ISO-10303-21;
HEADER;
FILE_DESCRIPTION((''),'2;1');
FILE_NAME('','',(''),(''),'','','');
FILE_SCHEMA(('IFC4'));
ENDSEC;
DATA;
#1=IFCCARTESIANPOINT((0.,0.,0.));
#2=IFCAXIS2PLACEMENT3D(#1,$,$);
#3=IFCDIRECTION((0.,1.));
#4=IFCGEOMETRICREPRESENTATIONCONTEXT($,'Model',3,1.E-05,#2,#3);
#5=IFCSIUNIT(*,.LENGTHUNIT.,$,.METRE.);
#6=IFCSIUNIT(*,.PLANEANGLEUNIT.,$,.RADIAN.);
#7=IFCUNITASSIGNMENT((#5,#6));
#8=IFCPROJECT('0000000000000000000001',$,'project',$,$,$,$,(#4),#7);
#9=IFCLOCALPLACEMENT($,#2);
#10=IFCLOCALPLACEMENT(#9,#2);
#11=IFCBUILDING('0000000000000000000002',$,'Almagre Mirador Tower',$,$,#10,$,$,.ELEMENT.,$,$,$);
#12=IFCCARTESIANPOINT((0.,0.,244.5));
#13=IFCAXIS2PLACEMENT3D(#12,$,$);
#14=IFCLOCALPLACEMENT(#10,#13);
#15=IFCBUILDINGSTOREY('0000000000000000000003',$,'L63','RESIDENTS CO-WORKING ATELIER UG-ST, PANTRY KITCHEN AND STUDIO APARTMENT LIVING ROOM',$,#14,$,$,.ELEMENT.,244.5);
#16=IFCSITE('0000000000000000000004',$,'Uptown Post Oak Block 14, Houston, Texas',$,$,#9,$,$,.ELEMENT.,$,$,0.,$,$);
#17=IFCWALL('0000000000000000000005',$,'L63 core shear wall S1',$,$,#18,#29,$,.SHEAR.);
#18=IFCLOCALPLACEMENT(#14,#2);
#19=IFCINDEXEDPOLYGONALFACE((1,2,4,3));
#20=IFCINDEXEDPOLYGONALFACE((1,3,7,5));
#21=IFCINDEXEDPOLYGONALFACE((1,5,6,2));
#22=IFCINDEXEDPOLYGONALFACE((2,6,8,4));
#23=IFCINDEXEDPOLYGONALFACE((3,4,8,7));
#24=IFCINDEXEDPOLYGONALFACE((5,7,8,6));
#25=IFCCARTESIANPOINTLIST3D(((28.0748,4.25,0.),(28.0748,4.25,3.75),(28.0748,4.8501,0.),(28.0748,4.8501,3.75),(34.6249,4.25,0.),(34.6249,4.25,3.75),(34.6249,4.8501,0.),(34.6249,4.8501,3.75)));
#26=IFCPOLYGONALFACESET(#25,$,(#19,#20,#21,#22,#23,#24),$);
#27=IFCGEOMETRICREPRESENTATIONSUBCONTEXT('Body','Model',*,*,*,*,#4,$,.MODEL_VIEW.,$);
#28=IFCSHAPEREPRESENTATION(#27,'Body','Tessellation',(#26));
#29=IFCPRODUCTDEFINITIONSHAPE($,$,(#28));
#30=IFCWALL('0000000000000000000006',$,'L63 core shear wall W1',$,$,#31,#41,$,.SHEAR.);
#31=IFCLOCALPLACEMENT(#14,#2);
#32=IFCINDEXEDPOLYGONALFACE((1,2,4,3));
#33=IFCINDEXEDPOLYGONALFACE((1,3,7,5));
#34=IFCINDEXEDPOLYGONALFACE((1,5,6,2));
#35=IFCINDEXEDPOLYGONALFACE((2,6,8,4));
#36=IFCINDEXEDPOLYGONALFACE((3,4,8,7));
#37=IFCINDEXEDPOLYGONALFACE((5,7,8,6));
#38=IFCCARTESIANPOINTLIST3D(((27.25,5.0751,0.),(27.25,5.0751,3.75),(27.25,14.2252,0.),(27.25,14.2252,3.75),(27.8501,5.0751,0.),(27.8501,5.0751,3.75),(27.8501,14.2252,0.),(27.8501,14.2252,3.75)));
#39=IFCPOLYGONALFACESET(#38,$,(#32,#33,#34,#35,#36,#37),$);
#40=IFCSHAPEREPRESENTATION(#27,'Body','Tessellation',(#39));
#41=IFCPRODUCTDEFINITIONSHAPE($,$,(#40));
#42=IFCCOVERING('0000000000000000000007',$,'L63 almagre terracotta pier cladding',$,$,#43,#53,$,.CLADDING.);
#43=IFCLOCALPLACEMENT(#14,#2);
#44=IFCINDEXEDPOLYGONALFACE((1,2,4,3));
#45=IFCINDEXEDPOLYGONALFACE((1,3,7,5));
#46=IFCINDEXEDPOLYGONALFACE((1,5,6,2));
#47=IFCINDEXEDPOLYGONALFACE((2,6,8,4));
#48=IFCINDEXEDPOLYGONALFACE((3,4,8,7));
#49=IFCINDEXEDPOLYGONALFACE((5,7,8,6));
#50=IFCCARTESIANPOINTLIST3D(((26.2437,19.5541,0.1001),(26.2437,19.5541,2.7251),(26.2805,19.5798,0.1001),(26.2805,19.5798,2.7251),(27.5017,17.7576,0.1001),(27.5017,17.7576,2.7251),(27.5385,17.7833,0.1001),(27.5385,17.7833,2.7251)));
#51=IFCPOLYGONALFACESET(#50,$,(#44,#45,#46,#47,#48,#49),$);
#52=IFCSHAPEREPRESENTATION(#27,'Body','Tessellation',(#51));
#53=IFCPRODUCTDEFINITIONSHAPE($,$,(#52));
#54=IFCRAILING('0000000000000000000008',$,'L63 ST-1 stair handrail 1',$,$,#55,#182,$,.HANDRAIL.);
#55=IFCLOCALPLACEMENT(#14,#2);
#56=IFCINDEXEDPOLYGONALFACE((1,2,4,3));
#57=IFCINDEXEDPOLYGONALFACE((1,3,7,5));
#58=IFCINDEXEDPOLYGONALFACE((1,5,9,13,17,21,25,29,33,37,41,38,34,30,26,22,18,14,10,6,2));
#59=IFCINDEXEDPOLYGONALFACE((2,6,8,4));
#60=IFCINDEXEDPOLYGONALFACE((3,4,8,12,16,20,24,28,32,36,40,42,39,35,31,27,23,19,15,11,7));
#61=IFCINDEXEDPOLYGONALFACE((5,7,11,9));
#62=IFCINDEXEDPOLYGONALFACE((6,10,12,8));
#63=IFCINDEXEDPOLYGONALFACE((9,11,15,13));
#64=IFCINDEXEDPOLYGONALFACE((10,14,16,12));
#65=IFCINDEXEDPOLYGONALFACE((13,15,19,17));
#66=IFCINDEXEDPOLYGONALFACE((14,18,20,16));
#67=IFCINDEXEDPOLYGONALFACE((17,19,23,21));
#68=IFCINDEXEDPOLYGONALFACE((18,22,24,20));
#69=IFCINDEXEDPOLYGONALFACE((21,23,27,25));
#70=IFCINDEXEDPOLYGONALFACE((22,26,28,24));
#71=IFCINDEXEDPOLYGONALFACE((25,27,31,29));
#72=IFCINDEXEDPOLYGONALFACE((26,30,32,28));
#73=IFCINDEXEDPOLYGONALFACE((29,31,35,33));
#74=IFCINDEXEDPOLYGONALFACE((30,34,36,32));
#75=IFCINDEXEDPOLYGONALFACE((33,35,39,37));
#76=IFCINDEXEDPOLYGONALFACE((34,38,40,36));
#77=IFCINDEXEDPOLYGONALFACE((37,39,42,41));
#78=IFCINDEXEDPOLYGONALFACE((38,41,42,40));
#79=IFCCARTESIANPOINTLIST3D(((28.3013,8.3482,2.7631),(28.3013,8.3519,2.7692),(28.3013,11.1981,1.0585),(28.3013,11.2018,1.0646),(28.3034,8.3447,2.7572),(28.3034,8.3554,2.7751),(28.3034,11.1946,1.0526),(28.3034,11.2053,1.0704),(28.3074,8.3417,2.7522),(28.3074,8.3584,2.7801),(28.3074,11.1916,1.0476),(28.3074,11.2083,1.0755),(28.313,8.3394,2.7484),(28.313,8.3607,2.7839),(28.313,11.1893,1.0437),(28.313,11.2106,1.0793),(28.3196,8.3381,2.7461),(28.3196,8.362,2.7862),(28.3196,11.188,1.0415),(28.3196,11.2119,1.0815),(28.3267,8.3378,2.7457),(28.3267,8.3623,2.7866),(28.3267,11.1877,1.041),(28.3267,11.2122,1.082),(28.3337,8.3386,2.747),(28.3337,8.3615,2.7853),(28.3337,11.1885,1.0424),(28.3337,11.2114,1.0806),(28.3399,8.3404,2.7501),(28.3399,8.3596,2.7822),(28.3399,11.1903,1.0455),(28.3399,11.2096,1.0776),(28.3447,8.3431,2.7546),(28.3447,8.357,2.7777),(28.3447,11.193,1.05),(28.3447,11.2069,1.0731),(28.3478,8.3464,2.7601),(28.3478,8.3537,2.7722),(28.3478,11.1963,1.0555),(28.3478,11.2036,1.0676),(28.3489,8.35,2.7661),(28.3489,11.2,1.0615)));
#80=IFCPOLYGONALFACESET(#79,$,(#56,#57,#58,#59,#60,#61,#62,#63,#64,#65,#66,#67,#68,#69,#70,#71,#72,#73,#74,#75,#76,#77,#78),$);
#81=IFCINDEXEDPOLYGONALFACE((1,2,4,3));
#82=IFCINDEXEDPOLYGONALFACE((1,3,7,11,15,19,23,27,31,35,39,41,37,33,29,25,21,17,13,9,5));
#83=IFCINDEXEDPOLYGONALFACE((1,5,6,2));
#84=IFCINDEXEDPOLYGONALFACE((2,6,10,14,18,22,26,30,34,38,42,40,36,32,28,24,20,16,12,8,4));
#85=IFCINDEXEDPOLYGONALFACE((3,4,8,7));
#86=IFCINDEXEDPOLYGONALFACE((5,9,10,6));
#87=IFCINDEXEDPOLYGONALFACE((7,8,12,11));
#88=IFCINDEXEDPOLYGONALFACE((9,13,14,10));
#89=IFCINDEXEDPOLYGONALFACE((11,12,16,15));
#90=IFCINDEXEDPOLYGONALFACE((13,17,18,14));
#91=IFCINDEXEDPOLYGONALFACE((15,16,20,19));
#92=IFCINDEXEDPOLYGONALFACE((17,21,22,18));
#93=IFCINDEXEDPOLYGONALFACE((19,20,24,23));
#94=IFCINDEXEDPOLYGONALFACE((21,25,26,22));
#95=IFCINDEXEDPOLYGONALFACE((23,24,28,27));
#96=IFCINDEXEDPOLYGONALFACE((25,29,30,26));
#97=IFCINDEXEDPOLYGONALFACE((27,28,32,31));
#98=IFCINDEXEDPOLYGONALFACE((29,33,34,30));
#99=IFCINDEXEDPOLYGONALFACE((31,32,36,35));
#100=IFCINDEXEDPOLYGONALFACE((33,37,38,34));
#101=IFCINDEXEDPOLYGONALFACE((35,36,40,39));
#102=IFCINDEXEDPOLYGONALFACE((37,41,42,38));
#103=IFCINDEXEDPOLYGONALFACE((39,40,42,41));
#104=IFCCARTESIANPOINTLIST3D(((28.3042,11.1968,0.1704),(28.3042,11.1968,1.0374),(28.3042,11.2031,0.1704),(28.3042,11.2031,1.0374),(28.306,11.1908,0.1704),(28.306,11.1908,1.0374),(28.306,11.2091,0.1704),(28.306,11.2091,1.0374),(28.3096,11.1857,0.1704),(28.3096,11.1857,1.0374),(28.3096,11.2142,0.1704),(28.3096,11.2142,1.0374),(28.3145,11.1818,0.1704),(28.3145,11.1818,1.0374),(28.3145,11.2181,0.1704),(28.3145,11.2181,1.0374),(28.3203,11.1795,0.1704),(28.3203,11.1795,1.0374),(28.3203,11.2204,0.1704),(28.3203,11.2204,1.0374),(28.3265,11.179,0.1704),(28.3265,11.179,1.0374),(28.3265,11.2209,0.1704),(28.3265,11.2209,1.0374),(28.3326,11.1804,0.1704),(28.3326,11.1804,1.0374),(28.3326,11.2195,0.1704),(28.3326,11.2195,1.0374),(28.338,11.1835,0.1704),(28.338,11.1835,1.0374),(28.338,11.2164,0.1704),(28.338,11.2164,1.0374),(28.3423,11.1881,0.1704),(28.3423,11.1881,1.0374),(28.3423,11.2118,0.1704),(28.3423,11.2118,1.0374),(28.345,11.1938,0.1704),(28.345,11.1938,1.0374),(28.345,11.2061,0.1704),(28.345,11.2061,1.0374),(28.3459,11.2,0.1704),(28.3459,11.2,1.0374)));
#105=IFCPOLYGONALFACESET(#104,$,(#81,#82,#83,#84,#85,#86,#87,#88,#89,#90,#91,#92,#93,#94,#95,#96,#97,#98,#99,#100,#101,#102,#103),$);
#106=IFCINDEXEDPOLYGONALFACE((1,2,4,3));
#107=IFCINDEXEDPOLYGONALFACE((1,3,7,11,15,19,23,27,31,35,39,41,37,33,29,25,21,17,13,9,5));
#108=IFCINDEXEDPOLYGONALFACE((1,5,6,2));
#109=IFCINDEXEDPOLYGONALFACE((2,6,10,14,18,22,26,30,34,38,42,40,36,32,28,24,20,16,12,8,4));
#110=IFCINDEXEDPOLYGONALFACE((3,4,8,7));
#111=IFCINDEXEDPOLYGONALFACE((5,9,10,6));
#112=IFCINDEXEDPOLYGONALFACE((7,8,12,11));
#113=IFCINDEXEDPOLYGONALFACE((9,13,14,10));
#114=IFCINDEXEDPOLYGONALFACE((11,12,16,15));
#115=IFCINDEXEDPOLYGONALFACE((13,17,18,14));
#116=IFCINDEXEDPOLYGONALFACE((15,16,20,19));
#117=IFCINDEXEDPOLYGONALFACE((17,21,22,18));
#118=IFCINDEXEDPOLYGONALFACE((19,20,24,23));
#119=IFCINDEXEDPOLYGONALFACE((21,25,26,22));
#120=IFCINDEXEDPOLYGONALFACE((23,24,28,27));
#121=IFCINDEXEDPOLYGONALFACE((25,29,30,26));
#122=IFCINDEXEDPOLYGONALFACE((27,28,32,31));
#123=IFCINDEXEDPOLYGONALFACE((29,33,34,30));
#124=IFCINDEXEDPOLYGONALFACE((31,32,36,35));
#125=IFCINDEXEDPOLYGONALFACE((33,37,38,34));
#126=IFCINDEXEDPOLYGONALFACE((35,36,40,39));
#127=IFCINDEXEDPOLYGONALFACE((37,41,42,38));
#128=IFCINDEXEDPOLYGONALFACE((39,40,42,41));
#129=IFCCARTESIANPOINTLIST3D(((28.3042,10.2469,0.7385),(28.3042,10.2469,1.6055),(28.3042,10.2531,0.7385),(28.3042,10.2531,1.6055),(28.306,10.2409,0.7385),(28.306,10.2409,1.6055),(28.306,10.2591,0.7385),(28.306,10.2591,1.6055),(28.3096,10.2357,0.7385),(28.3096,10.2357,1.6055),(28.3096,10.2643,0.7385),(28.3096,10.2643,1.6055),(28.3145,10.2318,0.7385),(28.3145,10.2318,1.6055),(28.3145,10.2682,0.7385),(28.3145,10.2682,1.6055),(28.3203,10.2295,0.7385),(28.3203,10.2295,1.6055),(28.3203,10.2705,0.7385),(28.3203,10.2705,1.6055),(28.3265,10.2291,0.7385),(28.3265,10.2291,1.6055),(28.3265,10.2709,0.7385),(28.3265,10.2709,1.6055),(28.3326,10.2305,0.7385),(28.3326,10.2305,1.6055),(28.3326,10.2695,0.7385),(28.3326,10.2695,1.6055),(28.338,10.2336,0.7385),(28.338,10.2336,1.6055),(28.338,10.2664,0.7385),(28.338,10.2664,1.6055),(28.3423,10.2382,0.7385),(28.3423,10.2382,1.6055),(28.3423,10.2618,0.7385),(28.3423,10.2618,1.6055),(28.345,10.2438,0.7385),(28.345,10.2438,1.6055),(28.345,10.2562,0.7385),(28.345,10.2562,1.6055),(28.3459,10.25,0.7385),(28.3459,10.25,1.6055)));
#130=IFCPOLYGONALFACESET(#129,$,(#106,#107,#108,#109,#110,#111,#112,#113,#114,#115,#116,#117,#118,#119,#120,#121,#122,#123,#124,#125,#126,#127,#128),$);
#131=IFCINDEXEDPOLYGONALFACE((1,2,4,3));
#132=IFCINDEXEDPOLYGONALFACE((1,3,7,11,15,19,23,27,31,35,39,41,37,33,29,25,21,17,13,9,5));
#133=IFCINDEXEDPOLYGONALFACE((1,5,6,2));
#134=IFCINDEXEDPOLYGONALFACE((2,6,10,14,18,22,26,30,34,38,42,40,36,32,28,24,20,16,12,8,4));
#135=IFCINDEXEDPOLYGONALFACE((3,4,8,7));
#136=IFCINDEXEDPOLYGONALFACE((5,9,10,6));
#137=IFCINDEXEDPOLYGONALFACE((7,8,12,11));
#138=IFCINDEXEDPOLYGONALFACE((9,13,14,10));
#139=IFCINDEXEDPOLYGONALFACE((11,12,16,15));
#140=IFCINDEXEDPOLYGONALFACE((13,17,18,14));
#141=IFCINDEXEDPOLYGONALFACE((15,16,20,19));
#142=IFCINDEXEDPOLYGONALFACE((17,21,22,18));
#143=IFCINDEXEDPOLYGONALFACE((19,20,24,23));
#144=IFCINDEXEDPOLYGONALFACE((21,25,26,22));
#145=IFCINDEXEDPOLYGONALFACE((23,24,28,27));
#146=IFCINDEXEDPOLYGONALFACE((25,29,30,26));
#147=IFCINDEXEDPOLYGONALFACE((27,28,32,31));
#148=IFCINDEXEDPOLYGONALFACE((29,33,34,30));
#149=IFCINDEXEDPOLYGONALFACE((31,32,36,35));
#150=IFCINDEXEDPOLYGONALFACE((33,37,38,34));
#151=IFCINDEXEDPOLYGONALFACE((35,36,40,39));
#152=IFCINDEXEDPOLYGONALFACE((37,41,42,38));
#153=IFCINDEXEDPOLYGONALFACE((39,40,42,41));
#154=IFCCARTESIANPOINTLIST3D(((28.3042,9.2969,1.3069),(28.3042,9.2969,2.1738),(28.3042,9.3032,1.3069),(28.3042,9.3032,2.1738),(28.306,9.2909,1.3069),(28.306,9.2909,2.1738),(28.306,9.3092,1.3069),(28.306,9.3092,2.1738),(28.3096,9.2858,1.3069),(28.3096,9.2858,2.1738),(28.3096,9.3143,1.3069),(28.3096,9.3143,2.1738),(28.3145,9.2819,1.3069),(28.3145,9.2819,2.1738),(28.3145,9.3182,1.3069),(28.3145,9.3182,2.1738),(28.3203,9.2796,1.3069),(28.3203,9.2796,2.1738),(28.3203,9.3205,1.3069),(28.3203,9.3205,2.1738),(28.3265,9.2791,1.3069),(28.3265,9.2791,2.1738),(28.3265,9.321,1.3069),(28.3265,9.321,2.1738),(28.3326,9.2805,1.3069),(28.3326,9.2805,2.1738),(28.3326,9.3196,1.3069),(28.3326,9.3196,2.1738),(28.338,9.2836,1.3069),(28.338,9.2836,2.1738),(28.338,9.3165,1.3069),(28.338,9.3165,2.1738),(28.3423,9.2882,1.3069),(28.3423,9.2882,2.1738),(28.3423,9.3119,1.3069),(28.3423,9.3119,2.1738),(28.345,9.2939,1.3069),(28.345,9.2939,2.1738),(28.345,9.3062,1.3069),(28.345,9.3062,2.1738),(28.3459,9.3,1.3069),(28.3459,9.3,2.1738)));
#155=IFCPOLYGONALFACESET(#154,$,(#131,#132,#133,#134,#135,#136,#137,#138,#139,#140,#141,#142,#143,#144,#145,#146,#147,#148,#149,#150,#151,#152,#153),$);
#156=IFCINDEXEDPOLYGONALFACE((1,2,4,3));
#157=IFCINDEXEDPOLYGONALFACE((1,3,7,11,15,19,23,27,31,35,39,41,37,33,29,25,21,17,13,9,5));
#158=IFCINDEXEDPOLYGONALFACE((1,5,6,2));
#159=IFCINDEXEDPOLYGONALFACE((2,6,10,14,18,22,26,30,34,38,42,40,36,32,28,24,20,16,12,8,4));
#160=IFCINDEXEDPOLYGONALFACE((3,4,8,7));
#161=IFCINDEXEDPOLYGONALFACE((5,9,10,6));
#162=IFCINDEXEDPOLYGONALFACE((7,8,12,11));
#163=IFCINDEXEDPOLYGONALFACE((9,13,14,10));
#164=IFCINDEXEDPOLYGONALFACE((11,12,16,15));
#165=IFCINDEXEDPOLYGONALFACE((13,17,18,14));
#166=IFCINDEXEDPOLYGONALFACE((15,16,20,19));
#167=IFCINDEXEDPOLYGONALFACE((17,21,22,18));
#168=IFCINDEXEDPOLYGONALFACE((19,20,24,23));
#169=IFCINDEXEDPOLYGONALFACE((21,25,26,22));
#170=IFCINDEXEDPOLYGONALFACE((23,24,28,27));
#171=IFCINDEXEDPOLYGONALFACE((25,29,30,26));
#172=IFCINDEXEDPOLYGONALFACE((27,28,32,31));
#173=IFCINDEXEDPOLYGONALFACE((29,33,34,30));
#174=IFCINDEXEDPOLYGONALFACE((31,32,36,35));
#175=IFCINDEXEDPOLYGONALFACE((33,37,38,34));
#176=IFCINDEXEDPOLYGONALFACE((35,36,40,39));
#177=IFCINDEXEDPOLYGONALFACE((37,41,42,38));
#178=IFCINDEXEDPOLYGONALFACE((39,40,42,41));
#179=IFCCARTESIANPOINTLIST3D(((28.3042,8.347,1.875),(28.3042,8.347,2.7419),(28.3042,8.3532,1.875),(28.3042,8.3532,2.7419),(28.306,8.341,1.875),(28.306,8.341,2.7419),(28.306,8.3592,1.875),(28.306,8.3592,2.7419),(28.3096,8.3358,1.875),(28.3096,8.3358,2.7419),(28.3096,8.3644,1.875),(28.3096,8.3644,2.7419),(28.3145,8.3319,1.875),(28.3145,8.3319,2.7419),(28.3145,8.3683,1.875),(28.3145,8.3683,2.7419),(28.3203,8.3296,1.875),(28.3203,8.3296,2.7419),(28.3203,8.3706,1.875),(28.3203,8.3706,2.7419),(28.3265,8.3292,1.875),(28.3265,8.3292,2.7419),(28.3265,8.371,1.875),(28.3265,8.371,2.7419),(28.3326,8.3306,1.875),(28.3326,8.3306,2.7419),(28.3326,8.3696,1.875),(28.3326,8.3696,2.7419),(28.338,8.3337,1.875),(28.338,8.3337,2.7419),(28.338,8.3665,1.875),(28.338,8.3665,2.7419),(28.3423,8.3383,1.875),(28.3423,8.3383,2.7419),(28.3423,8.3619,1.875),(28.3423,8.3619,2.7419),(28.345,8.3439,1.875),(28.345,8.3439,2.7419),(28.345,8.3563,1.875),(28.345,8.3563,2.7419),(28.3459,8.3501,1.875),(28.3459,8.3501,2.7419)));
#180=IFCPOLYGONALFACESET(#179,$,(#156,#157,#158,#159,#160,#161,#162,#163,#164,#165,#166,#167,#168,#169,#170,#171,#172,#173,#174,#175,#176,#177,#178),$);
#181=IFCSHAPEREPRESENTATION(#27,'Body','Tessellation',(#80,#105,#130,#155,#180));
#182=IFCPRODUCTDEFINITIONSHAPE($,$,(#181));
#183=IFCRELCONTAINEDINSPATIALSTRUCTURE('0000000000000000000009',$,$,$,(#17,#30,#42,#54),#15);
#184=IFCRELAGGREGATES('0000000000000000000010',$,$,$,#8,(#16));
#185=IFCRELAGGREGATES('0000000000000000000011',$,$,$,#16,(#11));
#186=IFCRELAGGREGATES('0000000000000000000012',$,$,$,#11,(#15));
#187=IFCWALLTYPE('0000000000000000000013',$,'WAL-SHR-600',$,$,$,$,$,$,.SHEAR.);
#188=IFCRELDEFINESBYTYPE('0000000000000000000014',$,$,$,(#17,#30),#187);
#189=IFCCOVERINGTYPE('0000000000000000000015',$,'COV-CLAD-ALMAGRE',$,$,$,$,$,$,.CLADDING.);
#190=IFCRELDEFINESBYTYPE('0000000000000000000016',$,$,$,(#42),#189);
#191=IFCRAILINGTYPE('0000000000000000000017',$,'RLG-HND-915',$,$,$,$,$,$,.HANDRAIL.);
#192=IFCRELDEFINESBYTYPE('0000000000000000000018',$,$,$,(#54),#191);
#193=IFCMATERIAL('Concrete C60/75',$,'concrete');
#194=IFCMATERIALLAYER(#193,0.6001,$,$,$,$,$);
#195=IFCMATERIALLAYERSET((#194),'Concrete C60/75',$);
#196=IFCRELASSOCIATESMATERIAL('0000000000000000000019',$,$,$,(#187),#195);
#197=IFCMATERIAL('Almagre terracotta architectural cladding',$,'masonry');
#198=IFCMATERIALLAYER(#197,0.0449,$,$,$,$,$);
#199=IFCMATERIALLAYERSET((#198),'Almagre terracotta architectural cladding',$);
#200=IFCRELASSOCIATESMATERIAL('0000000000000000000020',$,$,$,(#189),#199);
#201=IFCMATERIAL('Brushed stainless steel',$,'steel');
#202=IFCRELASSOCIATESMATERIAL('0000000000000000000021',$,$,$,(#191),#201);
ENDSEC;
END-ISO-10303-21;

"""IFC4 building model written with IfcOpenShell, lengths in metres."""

from ifc_helpers import new_model, si_unit, direction, frame, frame_2d, origin, origin_2d, place, context, subcontext, project, spatial, rectangle, circle, extrude, material, layer, layer_set, type_object, element, save


model = new_model("IFC4")

# Units and contexts
model_context = context("Model", 3, precision=1e-05, world=origin(), true_north=direction((0.0, 1.0)))
body_context = subcontext(model_context, "Body", "Model", "MODEL_VIEW")
ifc_project = project(units=[si_unit("LENGTHUNIT", "METRE"), si_unit("PLANEANGLEUNIT", "RADIAN")], contexts=[model_context])

# Site, building, storey
site_placement = place(None, origin())
site = spatial("IfcSite", under=ifc_project, at=site_placement, Name="Uptown Post Oak Block 14, Houston, Texas", CompositionType="ELEMENT", RefElevation=0.0)
building_placement = place(site_placement, origin())
building = spatial("IfcBuilding", under=site, at=building_placement, Name="Almagre Mirador Tower", CompositionType="ELEMENT")
storey_placement = place(building_placement, frame((0.0, 0.0, 244.5)))
storey = spatial("IfcBuildingStorey", under=building, at=storey_placement, Name="L63", Description="RESIDENTS CO-WORKING ATELIER UG-ST, PANTRY KITCHEN AND STUDIO APARTMENT LIVING ROOM", CompositionType="ELEMENT", Elevation=244.5)

# Wall
ifc_material_1 = material(Name="Concrete C60/75", Category="concrete")
ifc_layer_1 = layer(ifc_material_1, 0.6001)
ifc_layer_set_1 = layer_set([ifc_layer_1], Name="Concrete C60/75")
wall_type_1 = type_object("IfcWallType", Name="WAL-SHR-600", PredefinedType="SHEAR", material=ifc_layer_set_1)
wall_1_placement = place(storey_placement, frame((28.075, 4.55, 0.0), z_axis=(0.0, 0.0, 1.0), x_axis=(1.0, 0.0, 0.0)))
element("IfcWall", 1, at=wall_1_placement, inside=storey, type_object=wall_type_1, Name="L63 core shear wall S1", PredefinedType="SHEAR", context=body_context, shape_type="SweptSolid", body=[
    extrude(rectangle(XDim=6.55, YDim=0.6001, at=frame_2d((3.2749, 0.0))), origin(), (0.0, 0.0, 1.0), 3.75),
])

# Wall
wall_2_placement = place(storey_placement, frame((27.55, 5.075, 0.0), z_axis=(0.0, 0.0, 1.0), x_axis=(0.0, 1.0, 0.0)))
element("IfcWall", 2, at=wall_2_placement, inside=storey, type_object=wall_type_1, Name="L63 core shear wall W1", PredefinedType="SHEAR", context=body_context, shape_type="SweptSolid", body=[
    extrude(rectangle(XDim=9.1501, YDim=0.6001, at=frame_2d((4.5752, 0.0))), origin(), (0.0, 0.0, 1.0), 3.75),
])

# Covering
ifc_material_2 = material(Name="Almagre terracotta architectural cladding", Category="masonry")
ifc_layer_2 = layer(ifc_material_2, 0.0449)
ifc_layer_set_2 = layer_set([ifc_layer_2], Name="Almagre terracotta architectural cladding")
covering_type = type_object("IfcCoveringType", Name="COV-CLAD-ALMAGRE", PredefinedType="CLADDING", material=ifc_layer_set_2)
covering_placement = place(storey_placement, frame((26.8911, 18.6687, 0.1001), z_axis=(0.0, 0.0, 1.0), x_axis=(-0.573591, 0.819142, 0.0)))
element("IfcCovering", 3, at=covering_placement, inside=storey, type_object=covering_type, Name="L63 almagre terracotta pier cladding", PredefinedType="CLADDING", context=body_context, shape_type="SweptSolid", body=[
    extrude(rectangle(XDim=2.1931, YDim=0.0449, at=origin_2d()), origin(), (0.0, 0.0, 1.0), 2.625),
])

# Railing
ifc_material_3 = material(Name="Brushed stainless steel", Category="steel")
railing_type = type_object("IfcRailingType", Name="RLG-HND-915", PredefinedType="HANDRAIL", material=ifc_material_3)
railing_placement = place(storey_placement, frame((28.325, 11.2, 0.1704)))
element("IfcRailing", 4, at=railing_placement, inside=storey, type_object=railing_type, Name="L63 ST-1 stair handrail 1", PredefinedType="HANDRAIL", context=body_context, shape_type="SweptSolid", body=[
    extrude(circle(Radius=0.0239, at=origin_2d()), frame((0.0, 0.0, 0.8911), z_axis=(0.0, -0.858199, 0.513317), x_axis=(1.0, 0.0, 0.0)), (0.0, 0.0, 1.0), 3.3208),
    extrude(circle(Radius=0.021, at=origin_2d()), origin(), (0.0, 0.0, 1.0), 0.8669),
    extrude(circle(Radius=0.021, at=origin_2d()), frame((0.0, -0.95, 0.5681)), (0.0, 0.0, 1.0), 0.8669),
    extrude(circle(Radius=0.021, at=origin_2d()), frame((0.0, -1.8999, 1.1365)), (0.0, 0.0, 1.0), 0.8669),
    extrude(circle(Radius=0.021, at=origin_2d()), frame((0.0, -2.8499, 1.7046)), (0.0, 0.0, 1.0), 0.8669),
])

save(model, "model.ifc")
